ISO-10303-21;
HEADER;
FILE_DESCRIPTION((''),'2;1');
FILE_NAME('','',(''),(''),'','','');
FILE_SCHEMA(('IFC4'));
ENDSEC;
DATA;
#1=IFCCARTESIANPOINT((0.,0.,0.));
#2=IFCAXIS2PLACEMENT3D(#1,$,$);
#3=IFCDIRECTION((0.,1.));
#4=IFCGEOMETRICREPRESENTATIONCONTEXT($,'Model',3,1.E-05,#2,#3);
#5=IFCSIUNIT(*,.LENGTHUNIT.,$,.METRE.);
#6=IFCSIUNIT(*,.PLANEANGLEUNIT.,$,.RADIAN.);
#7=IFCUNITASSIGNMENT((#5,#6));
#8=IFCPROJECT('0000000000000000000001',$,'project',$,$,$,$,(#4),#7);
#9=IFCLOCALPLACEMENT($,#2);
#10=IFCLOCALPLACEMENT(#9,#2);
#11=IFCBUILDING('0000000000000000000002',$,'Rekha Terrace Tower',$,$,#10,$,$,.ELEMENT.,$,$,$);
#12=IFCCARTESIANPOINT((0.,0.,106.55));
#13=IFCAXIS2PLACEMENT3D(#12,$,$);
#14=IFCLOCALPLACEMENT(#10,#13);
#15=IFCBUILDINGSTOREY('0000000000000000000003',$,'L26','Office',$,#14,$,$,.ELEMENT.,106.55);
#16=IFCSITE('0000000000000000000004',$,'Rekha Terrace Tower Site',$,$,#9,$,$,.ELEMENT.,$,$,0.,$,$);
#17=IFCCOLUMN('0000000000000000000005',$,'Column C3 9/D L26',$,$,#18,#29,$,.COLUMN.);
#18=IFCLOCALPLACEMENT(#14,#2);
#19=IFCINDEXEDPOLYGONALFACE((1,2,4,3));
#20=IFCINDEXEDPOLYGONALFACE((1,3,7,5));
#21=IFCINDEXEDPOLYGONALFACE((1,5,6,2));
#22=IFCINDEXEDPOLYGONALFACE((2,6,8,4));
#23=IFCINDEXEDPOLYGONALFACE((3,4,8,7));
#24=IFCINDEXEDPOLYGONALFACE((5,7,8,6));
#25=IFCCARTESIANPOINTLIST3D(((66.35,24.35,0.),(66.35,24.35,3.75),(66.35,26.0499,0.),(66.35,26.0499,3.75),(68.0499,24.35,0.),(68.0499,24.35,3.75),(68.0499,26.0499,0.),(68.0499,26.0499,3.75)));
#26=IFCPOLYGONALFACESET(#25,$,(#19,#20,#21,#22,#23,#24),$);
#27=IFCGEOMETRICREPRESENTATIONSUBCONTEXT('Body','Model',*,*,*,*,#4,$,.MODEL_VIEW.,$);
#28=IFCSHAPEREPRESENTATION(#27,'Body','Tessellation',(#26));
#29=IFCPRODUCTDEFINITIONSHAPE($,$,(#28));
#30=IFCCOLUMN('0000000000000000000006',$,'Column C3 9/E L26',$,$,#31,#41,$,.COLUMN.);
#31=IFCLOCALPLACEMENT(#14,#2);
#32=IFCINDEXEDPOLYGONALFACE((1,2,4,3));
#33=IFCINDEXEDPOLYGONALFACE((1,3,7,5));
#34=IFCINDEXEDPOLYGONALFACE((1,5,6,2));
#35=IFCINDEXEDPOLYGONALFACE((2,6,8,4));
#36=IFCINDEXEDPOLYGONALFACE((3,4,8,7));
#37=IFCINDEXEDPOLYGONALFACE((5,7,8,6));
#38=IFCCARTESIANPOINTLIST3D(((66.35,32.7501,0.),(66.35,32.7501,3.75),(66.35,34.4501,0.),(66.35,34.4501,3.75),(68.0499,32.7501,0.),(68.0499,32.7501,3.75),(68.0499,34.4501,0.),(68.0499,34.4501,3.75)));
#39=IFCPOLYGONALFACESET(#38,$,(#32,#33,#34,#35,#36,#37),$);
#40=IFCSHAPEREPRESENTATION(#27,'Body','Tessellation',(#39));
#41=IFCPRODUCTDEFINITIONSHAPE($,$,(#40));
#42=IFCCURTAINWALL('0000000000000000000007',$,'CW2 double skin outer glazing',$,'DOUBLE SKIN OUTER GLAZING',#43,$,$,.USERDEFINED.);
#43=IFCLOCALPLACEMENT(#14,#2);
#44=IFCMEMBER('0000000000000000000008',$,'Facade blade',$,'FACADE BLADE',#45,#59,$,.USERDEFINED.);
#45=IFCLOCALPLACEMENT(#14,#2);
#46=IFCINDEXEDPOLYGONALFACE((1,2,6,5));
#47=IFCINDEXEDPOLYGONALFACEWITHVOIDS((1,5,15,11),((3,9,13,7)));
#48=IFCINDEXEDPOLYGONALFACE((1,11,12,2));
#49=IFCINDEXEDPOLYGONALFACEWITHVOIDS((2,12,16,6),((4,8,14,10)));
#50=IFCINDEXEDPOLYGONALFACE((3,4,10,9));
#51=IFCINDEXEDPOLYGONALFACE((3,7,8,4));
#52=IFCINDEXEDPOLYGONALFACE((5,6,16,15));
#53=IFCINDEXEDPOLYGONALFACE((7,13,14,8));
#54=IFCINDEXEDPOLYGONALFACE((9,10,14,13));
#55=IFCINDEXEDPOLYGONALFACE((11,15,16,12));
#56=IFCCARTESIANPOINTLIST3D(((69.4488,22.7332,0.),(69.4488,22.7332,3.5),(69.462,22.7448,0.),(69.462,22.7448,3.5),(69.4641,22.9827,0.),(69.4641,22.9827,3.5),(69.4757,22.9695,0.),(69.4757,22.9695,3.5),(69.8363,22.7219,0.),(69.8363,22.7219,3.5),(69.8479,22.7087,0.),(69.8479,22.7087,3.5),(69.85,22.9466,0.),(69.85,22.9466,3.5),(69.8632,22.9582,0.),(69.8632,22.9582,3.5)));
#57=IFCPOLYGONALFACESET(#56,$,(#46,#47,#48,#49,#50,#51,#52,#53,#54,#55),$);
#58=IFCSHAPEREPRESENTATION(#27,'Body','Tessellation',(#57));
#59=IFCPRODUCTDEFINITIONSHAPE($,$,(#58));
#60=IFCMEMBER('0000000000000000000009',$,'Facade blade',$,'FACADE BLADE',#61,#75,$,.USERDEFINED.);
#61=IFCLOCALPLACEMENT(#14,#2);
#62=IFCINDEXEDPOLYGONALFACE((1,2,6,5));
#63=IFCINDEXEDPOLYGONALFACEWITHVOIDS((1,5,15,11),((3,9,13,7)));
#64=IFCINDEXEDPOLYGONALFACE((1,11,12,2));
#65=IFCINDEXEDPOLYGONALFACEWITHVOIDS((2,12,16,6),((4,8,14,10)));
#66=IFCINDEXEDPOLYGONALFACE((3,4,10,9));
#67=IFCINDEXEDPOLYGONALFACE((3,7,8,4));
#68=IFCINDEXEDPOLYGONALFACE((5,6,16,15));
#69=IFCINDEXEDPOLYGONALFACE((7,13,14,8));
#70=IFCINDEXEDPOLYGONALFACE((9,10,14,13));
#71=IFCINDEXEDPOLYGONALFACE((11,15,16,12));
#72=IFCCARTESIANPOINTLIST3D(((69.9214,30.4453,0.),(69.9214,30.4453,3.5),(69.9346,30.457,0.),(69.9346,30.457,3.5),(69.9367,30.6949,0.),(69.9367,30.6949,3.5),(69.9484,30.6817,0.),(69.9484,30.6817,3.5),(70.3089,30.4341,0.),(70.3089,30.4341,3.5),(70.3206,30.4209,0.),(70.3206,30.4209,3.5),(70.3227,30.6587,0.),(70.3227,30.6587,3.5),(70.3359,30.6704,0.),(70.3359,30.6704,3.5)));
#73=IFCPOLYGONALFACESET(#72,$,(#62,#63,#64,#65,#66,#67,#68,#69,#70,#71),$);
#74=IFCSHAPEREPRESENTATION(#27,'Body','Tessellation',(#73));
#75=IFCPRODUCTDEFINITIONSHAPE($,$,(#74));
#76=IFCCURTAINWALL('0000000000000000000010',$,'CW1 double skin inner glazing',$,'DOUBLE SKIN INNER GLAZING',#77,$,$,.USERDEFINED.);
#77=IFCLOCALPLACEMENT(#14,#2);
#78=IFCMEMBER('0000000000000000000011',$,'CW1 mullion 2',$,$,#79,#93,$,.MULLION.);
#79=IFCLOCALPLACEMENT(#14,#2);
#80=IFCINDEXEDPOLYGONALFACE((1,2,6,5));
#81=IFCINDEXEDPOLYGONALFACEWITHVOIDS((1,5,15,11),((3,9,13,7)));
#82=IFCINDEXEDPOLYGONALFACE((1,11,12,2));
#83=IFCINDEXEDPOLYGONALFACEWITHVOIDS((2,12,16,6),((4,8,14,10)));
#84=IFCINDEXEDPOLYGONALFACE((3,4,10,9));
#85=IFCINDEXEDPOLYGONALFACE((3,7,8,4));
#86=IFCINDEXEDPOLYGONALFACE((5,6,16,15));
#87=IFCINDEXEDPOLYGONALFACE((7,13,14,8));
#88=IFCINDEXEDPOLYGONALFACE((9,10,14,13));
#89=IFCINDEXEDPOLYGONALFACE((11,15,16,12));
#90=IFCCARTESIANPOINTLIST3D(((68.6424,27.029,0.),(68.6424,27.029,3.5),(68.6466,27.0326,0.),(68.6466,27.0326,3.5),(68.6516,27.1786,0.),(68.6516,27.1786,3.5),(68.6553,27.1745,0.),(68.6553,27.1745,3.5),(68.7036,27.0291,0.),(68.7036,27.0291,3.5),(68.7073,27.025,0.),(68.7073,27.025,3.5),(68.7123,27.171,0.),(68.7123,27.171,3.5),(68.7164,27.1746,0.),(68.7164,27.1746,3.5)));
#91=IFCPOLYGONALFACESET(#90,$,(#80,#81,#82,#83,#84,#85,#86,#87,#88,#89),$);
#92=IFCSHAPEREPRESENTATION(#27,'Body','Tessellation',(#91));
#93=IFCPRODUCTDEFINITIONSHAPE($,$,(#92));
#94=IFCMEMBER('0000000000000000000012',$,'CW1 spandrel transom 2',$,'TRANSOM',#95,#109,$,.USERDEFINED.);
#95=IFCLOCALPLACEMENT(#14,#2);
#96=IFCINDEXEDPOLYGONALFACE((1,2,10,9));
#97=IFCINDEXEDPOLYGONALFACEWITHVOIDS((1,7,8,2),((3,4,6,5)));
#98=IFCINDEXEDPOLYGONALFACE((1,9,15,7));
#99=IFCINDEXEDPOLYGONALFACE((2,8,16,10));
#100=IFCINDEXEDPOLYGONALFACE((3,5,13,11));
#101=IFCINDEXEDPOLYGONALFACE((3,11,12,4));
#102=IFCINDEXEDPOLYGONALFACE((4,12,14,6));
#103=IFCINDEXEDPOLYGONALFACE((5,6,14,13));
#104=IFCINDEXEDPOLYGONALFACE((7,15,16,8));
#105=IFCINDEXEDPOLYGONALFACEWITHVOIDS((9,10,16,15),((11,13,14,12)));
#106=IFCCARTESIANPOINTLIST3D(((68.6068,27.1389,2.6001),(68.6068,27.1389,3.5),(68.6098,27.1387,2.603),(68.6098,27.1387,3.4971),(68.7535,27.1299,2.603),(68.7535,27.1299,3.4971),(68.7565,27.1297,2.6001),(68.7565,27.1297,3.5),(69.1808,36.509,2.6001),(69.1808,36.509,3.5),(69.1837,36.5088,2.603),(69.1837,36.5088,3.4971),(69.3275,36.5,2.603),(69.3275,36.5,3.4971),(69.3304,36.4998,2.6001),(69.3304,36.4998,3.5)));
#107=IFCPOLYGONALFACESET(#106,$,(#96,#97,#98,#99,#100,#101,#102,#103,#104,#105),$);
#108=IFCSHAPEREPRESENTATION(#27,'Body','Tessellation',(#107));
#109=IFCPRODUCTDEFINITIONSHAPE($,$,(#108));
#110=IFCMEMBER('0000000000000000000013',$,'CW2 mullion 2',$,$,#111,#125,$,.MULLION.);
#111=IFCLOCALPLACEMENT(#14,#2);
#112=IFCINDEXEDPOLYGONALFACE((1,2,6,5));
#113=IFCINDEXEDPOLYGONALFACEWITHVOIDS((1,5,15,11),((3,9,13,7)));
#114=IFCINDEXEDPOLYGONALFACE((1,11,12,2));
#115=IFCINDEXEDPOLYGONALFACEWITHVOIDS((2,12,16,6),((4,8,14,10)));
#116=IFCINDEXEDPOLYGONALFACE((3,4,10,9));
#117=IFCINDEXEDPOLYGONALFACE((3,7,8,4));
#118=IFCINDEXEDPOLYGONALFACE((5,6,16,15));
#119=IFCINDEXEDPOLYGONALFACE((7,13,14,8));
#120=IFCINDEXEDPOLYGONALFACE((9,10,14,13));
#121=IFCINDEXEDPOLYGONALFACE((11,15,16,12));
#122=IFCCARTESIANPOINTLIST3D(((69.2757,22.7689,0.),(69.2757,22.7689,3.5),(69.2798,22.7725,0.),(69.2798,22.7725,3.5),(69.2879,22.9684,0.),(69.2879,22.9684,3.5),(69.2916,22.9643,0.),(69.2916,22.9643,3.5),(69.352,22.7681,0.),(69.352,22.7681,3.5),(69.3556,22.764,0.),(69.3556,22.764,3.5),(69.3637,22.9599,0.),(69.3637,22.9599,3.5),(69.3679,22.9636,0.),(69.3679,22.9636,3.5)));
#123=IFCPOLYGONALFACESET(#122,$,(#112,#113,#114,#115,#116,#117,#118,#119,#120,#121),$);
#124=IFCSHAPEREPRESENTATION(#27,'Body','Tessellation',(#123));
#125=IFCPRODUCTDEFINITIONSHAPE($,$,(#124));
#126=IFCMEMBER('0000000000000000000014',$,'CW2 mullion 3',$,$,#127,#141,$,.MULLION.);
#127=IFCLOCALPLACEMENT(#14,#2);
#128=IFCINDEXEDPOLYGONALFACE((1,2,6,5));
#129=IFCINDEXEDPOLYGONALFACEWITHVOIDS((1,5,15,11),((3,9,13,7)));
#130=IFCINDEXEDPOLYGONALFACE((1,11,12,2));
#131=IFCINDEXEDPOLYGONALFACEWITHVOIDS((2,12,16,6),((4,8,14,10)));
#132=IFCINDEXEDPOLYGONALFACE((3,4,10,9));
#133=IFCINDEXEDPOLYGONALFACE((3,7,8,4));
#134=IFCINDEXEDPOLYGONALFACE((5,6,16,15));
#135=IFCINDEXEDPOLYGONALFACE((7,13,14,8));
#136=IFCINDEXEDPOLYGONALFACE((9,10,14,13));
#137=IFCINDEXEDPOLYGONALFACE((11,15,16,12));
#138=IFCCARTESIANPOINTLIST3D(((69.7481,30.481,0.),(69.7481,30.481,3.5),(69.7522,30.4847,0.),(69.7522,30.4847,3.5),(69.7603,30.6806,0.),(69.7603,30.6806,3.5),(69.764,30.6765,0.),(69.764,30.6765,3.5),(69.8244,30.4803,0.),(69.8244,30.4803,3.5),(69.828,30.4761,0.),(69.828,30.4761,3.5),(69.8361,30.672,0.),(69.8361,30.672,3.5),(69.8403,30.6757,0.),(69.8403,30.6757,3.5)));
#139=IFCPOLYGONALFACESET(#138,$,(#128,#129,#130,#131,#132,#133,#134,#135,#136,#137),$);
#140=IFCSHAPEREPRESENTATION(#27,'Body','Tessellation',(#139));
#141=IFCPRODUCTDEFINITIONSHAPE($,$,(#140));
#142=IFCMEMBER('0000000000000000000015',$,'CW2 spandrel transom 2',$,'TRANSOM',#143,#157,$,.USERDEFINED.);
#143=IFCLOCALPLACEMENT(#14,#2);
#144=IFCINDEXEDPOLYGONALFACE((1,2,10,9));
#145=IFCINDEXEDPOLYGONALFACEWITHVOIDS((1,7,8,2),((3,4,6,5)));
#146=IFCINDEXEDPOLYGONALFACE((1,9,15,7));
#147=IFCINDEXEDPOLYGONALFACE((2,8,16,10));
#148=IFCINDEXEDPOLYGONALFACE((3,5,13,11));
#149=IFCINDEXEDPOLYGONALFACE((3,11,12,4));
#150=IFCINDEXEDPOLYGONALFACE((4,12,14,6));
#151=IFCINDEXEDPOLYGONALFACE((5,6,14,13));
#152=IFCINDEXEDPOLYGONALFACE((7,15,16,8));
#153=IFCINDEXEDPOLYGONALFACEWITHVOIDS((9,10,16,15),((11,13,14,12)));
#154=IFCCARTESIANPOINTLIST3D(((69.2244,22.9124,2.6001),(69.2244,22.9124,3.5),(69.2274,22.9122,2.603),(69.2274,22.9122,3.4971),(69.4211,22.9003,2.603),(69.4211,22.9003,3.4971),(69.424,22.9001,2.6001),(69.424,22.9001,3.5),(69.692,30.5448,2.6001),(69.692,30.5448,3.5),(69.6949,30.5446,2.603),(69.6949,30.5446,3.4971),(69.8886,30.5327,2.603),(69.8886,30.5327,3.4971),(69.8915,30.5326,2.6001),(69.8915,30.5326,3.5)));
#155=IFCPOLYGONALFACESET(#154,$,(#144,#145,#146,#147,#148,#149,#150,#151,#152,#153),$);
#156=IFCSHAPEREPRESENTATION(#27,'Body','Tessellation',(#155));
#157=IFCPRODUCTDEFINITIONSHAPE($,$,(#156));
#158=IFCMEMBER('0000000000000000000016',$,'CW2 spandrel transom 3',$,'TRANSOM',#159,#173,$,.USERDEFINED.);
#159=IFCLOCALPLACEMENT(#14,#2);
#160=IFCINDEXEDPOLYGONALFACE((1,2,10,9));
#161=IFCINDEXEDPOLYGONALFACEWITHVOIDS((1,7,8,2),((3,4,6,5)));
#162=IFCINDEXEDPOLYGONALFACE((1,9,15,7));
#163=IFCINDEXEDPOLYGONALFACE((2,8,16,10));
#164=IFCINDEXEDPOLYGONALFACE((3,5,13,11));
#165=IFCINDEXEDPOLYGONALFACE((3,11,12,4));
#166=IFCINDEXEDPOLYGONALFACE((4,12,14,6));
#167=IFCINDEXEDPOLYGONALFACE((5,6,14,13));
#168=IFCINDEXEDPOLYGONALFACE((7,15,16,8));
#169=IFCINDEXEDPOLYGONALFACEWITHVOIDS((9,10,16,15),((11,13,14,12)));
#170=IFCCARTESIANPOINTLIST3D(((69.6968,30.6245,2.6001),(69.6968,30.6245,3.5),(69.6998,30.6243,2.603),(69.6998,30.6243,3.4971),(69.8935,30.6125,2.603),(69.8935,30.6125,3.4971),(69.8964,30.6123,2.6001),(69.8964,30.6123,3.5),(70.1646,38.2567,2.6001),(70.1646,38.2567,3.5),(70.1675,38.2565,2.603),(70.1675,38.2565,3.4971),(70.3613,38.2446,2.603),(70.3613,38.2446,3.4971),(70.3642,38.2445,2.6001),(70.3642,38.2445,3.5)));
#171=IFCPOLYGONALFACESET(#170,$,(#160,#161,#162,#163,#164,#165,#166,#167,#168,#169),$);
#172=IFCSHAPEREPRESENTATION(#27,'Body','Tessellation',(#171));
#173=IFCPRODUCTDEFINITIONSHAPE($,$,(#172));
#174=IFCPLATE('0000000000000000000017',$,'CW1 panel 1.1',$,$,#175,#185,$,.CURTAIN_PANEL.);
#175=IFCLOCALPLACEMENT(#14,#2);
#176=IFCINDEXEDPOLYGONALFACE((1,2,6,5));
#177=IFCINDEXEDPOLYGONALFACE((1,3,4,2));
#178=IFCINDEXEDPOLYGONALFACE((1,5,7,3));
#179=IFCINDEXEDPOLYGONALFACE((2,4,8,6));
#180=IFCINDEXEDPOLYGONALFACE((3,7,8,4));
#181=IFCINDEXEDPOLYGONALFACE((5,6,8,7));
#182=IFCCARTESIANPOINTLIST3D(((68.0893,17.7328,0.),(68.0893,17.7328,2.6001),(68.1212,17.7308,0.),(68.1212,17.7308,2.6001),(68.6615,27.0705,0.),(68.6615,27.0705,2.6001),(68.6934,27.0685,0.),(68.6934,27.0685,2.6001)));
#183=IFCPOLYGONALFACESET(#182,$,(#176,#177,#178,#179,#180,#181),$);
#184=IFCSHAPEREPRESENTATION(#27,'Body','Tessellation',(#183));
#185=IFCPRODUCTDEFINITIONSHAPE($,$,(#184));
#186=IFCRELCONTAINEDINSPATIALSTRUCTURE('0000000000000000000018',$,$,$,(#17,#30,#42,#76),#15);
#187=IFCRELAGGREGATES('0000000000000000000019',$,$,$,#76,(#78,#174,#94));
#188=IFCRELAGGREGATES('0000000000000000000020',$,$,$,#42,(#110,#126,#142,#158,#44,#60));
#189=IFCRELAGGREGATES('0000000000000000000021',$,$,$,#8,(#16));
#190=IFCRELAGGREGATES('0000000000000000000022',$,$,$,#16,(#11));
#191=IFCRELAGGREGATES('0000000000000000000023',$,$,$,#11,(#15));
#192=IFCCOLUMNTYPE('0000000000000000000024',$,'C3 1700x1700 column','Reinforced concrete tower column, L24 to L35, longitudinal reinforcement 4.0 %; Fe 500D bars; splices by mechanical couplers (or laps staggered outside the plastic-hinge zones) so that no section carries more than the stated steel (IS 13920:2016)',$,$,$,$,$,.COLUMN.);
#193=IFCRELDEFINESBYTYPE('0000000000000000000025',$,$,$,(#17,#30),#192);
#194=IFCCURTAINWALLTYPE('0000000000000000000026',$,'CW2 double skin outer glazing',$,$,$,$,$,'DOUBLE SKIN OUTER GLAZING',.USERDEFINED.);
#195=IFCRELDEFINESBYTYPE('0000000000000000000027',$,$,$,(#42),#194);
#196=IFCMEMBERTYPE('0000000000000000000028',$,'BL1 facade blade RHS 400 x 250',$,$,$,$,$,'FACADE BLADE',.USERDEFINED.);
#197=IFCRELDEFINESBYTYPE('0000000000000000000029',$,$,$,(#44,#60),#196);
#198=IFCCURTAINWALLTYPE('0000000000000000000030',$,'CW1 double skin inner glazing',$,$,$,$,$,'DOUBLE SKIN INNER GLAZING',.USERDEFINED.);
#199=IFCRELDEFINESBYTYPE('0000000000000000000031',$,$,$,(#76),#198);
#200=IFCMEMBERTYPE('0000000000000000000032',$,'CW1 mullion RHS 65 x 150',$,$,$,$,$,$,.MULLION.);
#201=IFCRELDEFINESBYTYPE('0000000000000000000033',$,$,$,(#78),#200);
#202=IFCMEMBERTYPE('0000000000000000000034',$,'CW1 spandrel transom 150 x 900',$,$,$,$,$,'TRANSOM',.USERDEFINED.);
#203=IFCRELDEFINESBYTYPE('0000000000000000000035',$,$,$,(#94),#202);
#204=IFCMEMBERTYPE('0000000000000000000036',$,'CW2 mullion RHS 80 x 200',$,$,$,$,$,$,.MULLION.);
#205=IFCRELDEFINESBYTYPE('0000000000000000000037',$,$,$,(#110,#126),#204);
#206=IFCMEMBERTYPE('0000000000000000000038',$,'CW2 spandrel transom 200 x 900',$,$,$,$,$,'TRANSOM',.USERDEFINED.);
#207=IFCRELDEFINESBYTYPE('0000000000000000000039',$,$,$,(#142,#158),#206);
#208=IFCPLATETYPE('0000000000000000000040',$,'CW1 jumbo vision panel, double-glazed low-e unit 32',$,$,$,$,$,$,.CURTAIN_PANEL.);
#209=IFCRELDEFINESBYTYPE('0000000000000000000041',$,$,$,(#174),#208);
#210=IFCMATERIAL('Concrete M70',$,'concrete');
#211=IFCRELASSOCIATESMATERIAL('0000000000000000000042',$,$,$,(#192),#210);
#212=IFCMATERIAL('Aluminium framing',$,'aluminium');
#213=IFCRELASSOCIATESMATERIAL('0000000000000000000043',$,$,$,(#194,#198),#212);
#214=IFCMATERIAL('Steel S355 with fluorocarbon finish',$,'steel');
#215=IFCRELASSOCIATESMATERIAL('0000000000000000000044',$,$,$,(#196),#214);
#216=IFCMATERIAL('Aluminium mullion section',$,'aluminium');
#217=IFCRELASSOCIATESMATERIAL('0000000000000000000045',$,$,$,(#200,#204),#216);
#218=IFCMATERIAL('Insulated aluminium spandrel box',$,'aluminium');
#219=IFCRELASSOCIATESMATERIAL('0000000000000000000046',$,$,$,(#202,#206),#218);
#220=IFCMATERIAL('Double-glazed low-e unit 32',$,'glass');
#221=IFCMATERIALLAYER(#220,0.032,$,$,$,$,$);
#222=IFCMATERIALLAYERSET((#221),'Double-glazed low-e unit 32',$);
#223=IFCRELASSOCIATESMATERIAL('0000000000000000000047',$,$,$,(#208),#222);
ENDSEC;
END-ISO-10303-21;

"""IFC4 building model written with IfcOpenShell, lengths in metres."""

from ifc_helpers import new_model, si_unit, direction, frame, origin, origin_2d, place, context, subcontext, project, spatial, rectangle, hollow_rectangle, extrude, material, layer, layer_set, material_profile, profile_set, type_object, element, aggregate, save


model = new_model("IFC4")

# Units and contexts
model_context = context("Model", 3, precision=1e-05, world=origin(), true_north=direction((0.0, 1.0)))
body_context = subcontext(model_context, "Body", "Model", "MODEL_VIEW")
ifc_project = project(units=[si_unit("LENGTHUNIT", "METRE"), si_unit("PLANEANGLEUNIT", "RADIAN")], contexts=[model_context])

# Site, building, storey
site_placement = place(None, origin())
site = spatial("IfcSite", under=ifc_project, at=site_placement, Name="Rekha Terrace Tower Site", CompositionType="ELEMENT", RefElevation=0.0)
building_placement = place(site_placement, origin())
building = spatial("IfcBuilding", under=site, at=building_placement, Name="Rekha Terrace Tower", CompositionType="ELEMENT")
storey_placement = place(building_placement, frame((0.0, 0.0, 106.55)))
storey = spatial("IfcBuildingStorey", under=building, at=storey_placement, Name="L26", Description="Office", CompositionType="ELEMENT", Elevation=106.55)

# Columns
ifc_material_1 = material(Name="Concrete M70", Category="concrete")
ifc_material_profile_1 = material_profile(ifc_material_1, rectangle(XDim=1.7, YDim=1.7, at=origin_2d()), Name="RC 1700x1700")
ifc_profile_set_1 = profile_set([ifc_material_profile_1], Name="Concrete M70")
column_type = type_object("IfcColumnType", Name="C3 1700x1700 column", Description="Reinforced concrete tower column, L24 to L35, longitudinal reinforcement 4.0 %; Fe 500D bars; splices by mechanical couplers (or laps staggered outside the plastic-hinge zones) so that no section carries more than the stated steel (IS 13920:2016)", PredefinedType="COLUMN", material=ifc_profile_set_1)
for number, where, z_axis, x_axis, name in (
    (1, (67.2, 25.2, 0.0), (0.0, 0.0, 1.0), (1.0, 0.0, 0.0), "Column C3 9/D L26"),
    (2, (67.2, 33.6001, 0.0), (0.0, 0.0, 1.0), (1.0, 0.0, 0.0), "Column C3 9/E L26"),
):
    element("IfcColumn", number, at=place(storey_placement, frame(where, z_axis=z_axis, x_axis=x_axis)), inside=storey, type_object=column_type, Name=name, PredefinedType="COLUMN", context=body_context, shape_type="SweptSolid", body=[
        extrude(rectangle(XDim=1.7, YDim=1.7, at=origin_2d()), origin(), (0.0, 0.0, 1.0), 3.75),
    ])

# Curtain walls, members
ifc_material_2 = material(Name="Aluminium framing", Category="aluminium")
curtain_wall_type_1 = type_object("IfcCurtainWallType", Name="CW2 double skin outer glazing", ElementType="DOUBLE SKIN OUTER GLAZING", PredefinedType="USERDEFINED", material=ifc_material_2)
curtain_wall_1_placement = place(storey_placement, origin())
curtain_wall_1 = element("IfcCurtainWall", 3, at=curtain_wall_1_placement, inside=storey, type_object=curtain_wall_type_1, Name="CW2 double skin outer glazing", ObjectType="DOUBLE SKIN OUTER GLAZING", PredefinedType="USERDEFINED")
ifc_material_3 = material(Name="Steel S355 with fluorocarbon finish", Category="steel")
ifc_material_profile_2 = material_profile(ifc_material_3, hollow_rectangle(XDim=0.25, YDim=0.3999, WallThickness=0.0125, at=origin_2d()), Name="RHS400x250x12.5")
ifc_profile_set_2 = profile_set([ifc_material_profile_2], Name="Steel S355 with fluorocarbon finish")
member_type_1 = type_object("IfcMemberType", Name="BL1 facade blade RHS 400 x 250", ElementType="FACADE BLADE", PredefinedType="USERDEFINED", material=ifc_profile_set_2)
member_1_placement = place(storey_placement, frame((69.656, 22.8457, 0.0), z_axis=(0.0, 0.0, 1.0), x_axis=(0.06116, 0.998128, 0.0)))
member_1 = element("IfcMember", 4, at=member_1_placement, type_object=member_type_1, Name="Facade blade", ObjectType="FACADE BLADE", PredefinedType="USERDEFINED", context=body_context, shape_type="SweptSolid", body=[
    extrude(hollow_rectangle(XDim=0.25, YDim=0.3999, WallThickness=0.0125, at=origin_2d()), origin(), (0.0, 0.0, 1.0), 3.5),
])
member_2_placement = place(storey_placement, frame((70.1287, 30.5579, 0.0), z_axis=(0.0, 0.0, 1.0), x_axis=(0.06116, 0.998128, 0.0)))
member_2 = element("IfcMember", 5, at=member_2_placement, type_object=member_type_1, Name="Facade blade", ObjectType="FACADE BLADE", PredefinedType="USERDEFINED", context=body_context, shape_type="SweptSolid", body=[
    extrude(hollow_rectangle(XDim=0.25, YDim=0.3999, WallThickness=0.0125, at=origin_2d()), origin(), (0.0, 0.0, 1.0), 3.5),
])
curtain_wall_type_2 = type_object("IfcCurtainWallType", Name="CW1 double skin inner glazing", ElementType="DOUBLE SKIN INNER GLAZING", PredefinedType="USERDEFINED", material=ifc_material_2)
curtain_wall_2_placement = place(storey_placement, origin())
curtain_wall_2 = element("IfcCurtainWall", 6, at=curtain_wall_2_placement, inside=storey, type_object=curtain_wall_type_2, Name="CW1 double skin inner glazing", ObjectType="DOUBLE SKIN INNER GLAZING", PredefinedType="USERDEFINED")
ifc_material_4 = material(Name="Aluminium mullion section", Category="aluminium")
ifc_material_profile_3 = material_profile(ifc_material_4, hollow_rectangle(XDim=0.0649, YDim=0.1499, WallThickness=0.0039, at=origin_2d()), Name="AL RHS 65x150")
ifc_profile_set_3 = profile_set([ifc_material_profile_3], Name="Aluminium mullion section")
member_type_2 = type_object("IfcMemberType", Name="CW1 mullion RHS 65 x 150", PredefinedType="MULLION", material=ifc_profile_set_3)
member_3_placement = place(storey_placement, frame((68.6794, 27.1018, 0.0), z_axis=(0.0, 0.0, 1.0), x_axis=(-0.998128, 0.06116, 0.0)))
member_3 = element("IfcMember", 7, at=member_3_placement, type_object=member_type_2, Name="CW1 mullion 2", PredefinedType="MULLION", context=body_context, shape_type="SweptSolid", body=[
    extrude(hollow_rectangle(XDim=0.0649, YDim=0.1499, WallThickness=0.0039, at=origin_2d()), origin(), (0.0, 0.0, 1.0), 3.5),
])
ifc_material_5 = material(Name="Insulated aluminium spandrel box", Category="aluminium")
ifc_material_profile_4 = material_profile(ifc_material_5, hollow_rectangle(XDim=0.1499, YDim=0.8999, WallThickness=0.0029, at=origin_2d()), Name="AL SPANDREL BOX 150x900")
ifc_profile_set_4 = profile_set([ifc_material_profile_4], Name="Insulated aluminium spandrel box")
member_type_3 = type_object("IfcMemberType", Name="CW1 spandrel transom 150 x 900", ElementType="TRANSOM", PredefinedType="USERDEFINED", material=ifc_profile_set_4)
member_4_placement = place(storey_placement, frame((68.6816, 27.1343, 3.05), z_axis=(0.061141, 0.998129, 0.0), x_axis=(-0.998129, 0.061141, 0.0)))
member_4 = element("IfcMember", 8, at=member_4_placement, type_object=member_type_3, Name="CW1 spandrel transom 2", ObjectType="TRANSOM", PredefinedType="USERDEFINED", context=body_context, shape_type="SweptSolid", body=[
    extrude(hollow_rectangle(XDim=0.1499, YDim=0.8999, WallThickness=0.0029, at=origin_2d()), origin(), (0.0, 0.0, 1.0), 9.3877),
])

# Members
ifc_material_profile_5 = material_profile(ifc_material_4, hollow_rectangle(XDim=0.0801, YDim=0.2, WallThickness=0.0039, at=origin_2d()), Name="AL RHS 80x200")
ifc_profile_set_5 = profile_set([ifc_material_profile_5], Name="Aluminium mullion section")
member_type_4 = type_object("IfcMemberType", Name="CW2 mullion RHS 80 x 200", PredefinedType="MULLION", material=ifc_profile_set_5)
member_5_placement = place(storey_placement, frame((69.3218, 22.8662, 0.0), z_axis=(0.0, 0.0, 1.0), x_axis=(-0.998128, 0.06116, 0.0)))
member_5 = element("IfcMember", 9, at=member_5_placement, type_object=member_type_4, Name="CW2 mullion 2", PredefinedType="MULLION", context=body_context, shape_type="SweptSolid", body=[
    extrude(hollow_rectangle(XDim=0.0801, YDim=0.2, WallThickness=0.0039, at=origin_2d()), origin(), (0.0, 0.0, 1.0), 3.5),
])
member_6_placement = place(storey_placement, frame((69.7942, 30.5784, 0.0), z_axis=(0.0, 0.0, 1.0), x_axis=(-0.998128, 0.06116, 0.0)))
member_6 = element("IfcMember", 10, at=member_6_placement, type_object=member_type_4, Name="CW2 mullion 3", PredefinedType="MULLION", context=body_context, shape_type="SweptSolid", body=[
    extrude(hollow_rectangle(XDim=0.0801, YDim=0.2, WallThickness=0.0039, at=origin_2d()), origin(), (0.0, 0.0, 1.0), 3.5),
])
ifc_material_profile_6 = material_profile(ifc_material_5, hollow_rectangle(XDim=0.2, YDim=0.8999, WallThickness=0.0029, at=origin_2d()), Name="AL SPANDREL BOX 200x900")
ifc_profile_set_6 = profile_set([ifc_material_profile_6], Name="Insulated aluminium spandrel box")
member_type_5 = type_object("IfcMemberType", Name="CW2 spandrel transom 200 x 900", ElementType="TRANSOM", PredefinedType="USERDEFINED", material=ifc_profile_set_6)
member_7_placement = place(storey_placement, frame((69.3242, 22.9062, 3.05), z_axis=(0.061142, 0.998129, 0.0), x_axis=(-0.998129, 0.061142, 0.0)))
member_7 = element("IfcMember", 11, at=member_7_placement, type_object=member_type_5, Name="CW2 spandrel transom 2", ObjectType="TRANSOM", PredefinedType="USERDEFINED", context=body_context, shape_type="SweptSolid", body=[
    extrude(hollow_rectangle(XDim=0.2, YDim=0.8999, WallThickness=0.0029, at=origin_2d()), origin(), (0.0, 0.0, 1.0), 7.6467),
])
member_8_placement = place(storey_placement, frame((69.7966, 30.6184, 3.05), z_axis=(0.061176, 0.998127, 0.0), x_axis=(-0.998127, 0.061176, 0.0)))
member_8 = element("IfcMember", 12, at=member_8_placement, type_object=member_type_5, Name="CW2 spandrel transom 3", ObjectType="TRANSOM", PredefinedType="USERDEFINED", context=body_context, shape_type="SweptSolid", body=[
    extrude(hollow_rectangle(XDim=0.2, YDim=0.8999, WallThickness=0.0029, at=origin_2d()), origin(), (0.0, 0.0, 1.0), 7.6465),
])

# Plate
ifc_material_6 = material(Name="Double-glazed low-e unit 32", Category="glass")
ifc_layer_1 = layer(ifc_material_6, 0.032)
ifc_layer_set_1 = layer_set([ifc_layer_1], Name="Double-glazed low-e unit 32")
plate_type_1 = type_object("IfcPlateType", Name="CW1 jumbo vision panel, double-glazed low-e unit 32", PredefinedType="CURTAIN_PANEL", material=ifc_layer_set_1)
plate_1_placement = place(storey_placement, frame((68.3914, 22.4006, 0.0), z_axis=(0.0, 0.0, 1.0), x_axis=(0.06116, 0.998128, 0.0)))
plate_1 = element("IfcPlate", 13, at=plate_1_placement, type_object=plate_type_1, Name="CW1 panel 1.1", PredefinedType="CURTAIN_PANEL", context=body_context, shape_type="SweptSolid", body=[
    extrude(rectangle(XDim=9.3552, YDim=0.032, at=origin_2d()), origin(), (0.0, 0.0, 1.0), 2.6001),
])
aggregate(curtain_wall_2, [member_3, plate_1, member_4])
aggregate(curtain_wall_1, [member_5, member_6, member_7, member_8, member_1, member_2])

save(model, "model.ifc")
